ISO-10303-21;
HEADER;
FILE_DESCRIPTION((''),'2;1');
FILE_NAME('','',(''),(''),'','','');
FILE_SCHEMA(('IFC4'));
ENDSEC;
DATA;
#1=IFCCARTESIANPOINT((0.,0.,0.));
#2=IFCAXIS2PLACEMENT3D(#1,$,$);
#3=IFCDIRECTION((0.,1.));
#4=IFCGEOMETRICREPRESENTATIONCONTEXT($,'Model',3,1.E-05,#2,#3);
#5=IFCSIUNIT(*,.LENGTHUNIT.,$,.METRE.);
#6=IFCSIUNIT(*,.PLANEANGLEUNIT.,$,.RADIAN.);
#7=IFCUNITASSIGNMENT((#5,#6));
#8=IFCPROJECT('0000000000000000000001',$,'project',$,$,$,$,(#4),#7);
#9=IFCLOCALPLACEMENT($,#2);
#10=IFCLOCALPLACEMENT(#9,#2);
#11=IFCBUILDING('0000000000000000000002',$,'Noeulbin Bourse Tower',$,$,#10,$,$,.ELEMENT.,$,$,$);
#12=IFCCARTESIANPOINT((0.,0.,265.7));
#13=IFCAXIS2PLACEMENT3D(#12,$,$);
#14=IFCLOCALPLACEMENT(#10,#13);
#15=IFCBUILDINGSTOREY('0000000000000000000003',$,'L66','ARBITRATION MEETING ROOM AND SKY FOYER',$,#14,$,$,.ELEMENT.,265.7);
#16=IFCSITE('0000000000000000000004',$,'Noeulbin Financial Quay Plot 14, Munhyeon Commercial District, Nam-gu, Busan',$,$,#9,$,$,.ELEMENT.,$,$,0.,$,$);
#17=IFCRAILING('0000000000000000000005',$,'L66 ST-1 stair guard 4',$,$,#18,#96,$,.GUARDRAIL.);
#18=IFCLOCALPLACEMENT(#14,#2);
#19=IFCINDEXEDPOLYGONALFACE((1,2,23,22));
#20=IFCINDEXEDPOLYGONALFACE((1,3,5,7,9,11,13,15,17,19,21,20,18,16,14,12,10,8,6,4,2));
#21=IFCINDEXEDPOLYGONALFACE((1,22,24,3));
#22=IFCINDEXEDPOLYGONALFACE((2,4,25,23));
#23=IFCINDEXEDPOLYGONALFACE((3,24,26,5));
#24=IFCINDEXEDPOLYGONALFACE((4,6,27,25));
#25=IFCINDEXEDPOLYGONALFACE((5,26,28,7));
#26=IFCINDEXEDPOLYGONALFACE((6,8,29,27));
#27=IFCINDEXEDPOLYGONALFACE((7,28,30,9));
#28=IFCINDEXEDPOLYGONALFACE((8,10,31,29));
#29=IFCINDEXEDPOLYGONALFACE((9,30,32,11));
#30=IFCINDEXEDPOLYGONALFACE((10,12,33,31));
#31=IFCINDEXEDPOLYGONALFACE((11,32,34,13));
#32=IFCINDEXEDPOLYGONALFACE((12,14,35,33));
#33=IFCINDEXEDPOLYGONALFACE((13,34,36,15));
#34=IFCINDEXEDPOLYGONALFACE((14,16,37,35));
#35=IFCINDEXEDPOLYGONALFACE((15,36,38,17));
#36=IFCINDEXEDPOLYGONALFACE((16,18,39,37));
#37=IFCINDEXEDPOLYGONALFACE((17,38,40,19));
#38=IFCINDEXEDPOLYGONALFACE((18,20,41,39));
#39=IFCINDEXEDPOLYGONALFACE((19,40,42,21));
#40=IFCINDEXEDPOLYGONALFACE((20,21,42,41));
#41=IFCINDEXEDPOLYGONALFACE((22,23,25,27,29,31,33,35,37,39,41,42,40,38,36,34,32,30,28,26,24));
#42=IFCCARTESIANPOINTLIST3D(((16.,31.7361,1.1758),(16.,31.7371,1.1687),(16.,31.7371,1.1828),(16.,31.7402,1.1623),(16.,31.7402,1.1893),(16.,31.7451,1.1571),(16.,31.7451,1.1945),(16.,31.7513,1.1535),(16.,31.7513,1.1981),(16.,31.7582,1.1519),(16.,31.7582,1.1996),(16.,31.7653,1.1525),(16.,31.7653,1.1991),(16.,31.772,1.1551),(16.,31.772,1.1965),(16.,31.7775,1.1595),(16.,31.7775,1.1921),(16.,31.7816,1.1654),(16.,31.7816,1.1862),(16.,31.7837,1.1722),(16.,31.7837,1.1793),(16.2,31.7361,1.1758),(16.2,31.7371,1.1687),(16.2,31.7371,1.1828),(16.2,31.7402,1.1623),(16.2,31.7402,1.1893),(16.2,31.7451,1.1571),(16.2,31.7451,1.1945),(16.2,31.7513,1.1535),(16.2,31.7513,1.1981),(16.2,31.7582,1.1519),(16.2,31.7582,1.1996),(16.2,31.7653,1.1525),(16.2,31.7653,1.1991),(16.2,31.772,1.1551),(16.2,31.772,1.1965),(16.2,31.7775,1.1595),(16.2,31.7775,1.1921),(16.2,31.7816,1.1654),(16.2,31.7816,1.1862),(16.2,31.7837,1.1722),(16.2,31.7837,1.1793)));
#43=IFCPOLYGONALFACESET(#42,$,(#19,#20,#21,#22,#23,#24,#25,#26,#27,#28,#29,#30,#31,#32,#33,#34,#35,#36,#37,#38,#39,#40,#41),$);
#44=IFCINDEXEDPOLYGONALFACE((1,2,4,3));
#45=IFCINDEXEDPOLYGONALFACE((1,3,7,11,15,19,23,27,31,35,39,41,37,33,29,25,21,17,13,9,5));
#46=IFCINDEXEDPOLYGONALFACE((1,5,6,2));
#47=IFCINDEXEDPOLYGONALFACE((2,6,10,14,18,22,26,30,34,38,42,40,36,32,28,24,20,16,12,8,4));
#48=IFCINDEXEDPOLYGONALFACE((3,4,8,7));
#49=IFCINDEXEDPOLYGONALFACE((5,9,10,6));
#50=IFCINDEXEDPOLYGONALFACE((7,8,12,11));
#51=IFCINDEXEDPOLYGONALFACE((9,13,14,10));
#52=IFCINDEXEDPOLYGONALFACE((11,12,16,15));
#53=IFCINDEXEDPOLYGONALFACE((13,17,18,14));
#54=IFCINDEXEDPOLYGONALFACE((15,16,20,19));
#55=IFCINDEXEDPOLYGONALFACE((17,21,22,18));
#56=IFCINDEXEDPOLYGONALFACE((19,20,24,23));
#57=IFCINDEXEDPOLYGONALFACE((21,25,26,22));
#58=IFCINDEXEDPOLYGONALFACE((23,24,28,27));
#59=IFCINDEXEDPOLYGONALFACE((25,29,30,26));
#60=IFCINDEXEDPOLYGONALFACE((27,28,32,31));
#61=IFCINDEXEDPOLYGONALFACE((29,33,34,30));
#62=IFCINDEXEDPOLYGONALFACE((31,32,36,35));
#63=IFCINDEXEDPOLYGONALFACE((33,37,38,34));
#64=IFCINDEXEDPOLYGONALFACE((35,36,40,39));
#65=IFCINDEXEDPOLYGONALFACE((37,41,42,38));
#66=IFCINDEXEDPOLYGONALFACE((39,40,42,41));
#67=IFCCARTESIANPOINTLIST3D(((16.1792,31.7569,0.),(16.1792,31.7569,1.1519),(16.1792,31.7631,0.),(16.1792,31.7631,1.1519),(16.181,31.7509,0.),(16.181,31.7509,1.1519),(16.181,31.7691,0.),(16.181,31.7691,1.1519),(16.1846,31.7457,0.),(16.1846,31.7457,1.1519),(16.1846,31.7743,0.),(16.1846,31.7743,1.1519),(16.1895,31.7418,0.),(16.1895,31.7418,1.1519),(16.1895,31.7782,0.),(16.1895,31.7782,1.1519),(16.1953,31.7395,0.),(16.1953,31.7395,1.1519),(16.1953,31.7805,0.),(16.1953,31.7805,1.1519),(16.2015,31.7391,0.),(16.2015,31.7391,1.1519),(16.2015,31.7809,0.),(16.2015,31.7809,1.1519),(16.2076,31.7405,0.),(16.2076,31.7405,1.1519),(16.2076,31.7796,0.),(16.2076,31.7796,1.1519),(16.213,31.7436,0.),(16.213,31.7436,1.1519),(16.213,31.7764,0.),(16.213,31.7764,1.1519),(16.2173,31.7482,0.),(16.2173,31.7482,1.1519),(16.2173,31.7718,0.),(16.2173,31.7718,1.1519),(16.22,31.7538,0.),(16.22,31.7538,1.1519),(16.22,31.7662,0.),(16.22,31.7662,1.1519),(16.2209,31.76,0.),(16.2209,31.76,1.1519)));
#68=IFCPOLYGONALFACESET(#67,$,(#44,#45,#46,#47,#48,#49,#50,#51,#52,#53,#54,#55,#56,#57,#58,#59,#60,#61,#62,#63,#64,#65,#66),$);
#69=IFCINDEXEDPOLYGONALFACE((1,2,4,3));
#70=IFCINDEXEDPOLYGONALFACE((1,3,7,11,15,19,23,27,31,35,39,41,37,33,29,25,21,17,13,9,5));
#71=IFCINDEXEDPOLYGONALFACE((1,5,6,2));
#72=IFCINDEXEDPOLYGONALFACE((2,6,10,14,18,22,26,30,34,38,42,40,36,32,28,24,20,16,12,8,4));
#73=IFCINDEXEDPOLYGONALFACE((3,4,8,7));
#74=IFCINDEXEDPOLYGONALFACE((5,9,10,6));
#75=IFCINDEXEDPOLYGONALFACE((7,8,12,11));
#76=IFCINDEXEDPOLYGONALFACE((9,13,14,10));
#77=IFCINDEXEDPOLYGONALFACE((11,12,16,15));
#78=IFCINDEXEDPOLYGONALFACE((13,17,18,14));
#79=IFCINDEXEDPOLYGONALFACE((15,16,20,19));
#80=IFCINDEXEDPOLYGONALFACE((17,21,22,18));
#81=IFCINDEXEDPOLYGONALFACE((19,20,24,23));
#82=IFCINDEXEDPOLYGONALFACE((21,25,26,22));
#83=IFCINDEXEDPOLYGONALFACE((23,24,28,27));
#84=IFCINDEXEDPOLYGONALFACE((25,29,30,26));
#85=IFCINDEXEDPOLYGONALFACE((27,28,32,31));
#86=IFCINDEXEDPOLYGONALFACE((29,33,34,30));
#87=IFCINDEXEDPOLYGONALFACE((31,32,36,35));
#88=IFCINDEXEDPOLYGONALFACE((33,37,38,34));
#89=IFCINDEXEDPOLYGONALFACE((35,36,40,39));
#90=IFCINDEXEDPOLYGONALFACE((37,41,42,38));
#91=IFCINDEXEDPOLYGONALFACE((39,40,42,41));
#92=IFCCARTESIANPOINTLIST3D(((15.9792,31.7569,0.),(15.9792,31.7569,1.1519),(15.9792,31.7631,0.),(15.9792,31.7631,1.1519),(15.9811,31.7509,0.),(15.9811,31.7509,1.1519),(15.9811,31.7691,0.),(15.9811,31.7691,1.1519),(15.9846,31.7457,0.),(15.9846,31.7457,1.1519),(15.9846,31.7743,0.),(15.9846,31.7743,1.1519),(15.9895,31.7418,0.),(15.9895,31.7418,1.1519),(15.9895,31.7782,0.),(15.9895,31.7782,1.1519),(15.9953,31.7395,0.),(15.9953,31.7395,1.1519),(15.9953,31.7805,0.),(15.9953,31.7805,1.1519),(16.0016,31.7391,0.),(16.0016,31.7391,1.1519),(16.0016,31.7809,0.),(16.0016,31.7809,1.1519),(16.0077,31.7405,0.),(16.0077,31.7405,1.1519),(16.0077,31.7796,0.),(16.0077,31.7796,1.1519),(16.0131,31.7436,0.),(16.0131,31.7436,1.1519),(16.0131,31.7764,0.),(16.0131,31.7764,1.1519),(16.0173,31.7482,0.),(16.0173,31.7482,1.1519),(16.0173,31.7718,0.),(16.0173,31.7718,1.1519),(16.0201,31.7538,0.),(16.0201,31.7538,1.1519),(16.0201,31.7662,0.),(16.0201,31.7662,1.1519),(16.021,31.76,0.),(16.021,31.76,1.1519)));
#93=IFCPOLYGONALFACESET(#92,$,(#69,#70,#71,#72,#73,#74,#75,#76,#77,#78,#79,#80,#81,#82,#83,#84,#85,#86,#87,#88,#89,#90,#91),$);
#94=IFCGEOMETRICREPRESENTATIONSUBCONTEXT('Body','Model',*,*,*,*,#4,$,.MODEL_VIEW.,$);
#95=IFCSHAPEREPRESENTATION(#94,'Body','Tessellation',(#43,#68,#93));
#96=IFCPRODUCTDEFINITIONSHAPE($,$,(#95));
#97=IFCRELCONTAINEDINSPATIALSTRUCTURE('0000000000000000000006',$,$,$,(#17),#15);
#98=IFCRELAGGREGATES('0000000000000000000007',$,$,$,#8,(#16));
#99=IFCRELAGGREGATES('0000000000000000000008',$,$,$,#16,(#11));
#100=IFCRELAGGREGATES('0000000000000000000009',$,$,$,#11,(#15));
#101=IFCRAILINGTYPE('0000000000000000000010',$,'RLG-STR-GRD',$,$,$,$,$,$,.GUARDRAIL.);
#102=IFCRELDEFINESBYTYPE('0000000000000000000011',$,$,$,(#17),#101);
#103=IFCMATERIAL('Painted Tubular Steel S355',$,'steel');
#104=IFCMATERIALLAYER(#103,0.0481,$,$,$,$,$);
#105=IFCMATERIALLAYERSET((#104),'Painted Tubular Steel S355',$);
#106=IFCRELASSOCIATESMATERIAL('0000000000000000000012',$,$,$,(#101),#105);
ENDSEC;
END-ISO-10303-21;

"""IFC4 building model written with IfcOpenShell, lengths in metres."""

from ifc_helpers import new_model, si_unit, direction, frame, origin, origin_2d, place, context, subcontext, project, spatial, circle, extrude, material, layer, layer_set, type_object, element, save


model = new_model("IFC4")

# Units and contexts
model_context = context("Model", 3, precision=1e-05, world=origin(), true_north=direction((0.0, 1.0)))
body_context = subcontext(model_context, "Body", "Model", "MODEL_VIEW")
ifc_project = project(units=[si_unit("LENGTHUNIT", "METRE"), si_unit("PLANEANGLEUNIT", "RADIAN")], contexts=[model_context])

# Site, building, storey
site_placement = place(None, origin())
site = spatial("IfcSite", under=ifc_project, at=site_placement, Name="Noeulbin Financial Quay Plot 14, Munhyeon Commercial District, Nam-gu, Busan", CompositionType="ELEMENT", RefElevation=0.0)
building_placement = place(site_placement, origin())
building = spatial("IfcBuilding", under=site, at=building_placement, Name="Noeulbin Bourse Tower", CompositionType="ELEMENT")
storey_placement = place(building_placement, frame((0.0, 0.0, 265.7)))
storey = spatial("IfcBuildingStorey", under=building, at=storey_placement, Name="L66", Description="ARBITRATION MEETING ROOM AND SKY FOYER", CompositionType="ELEMENT", Elevation=265.7)

# Railing
ifc_material_1 = material(Name="Painted Tubular Steel S355", Category="steel")
ifc_layer_1 = layer(ifc_material_1, 0.0481)
ifc_layer_set_1 = layer_set([ifc_layer_1], Name="Painted Tubular Steel S355")
railing_type_1 = type_object("IfcRailingType", Name="RLG-STR-GRD", PredefinedType="GUARDRAIL", material=ifc_layer_set_1)
railing_1_placement = place(storey_placement, frame((16.2, 31.76, 0.0)))
element("IfcRailing", 1, at=railing_1_placement, inside=storey, type_object=railing_type_1, Name="L66 ST-1 stair guard 4", PredefinedType="GUARDRAIL", context=body_context, shape_type="SweptSolid", body=[
    extrude(circle(Radius=0.0239, at=origin_2d()), frame((0.0, 0.0, 1.1758), z_axis=(-1.0, 0.0, 0.0), x_axis=(0.0, -1.0, 0.0)), (0.0, 0.0, 1.0), 0.2),
    extrude(circle(Radius=0.021, at=origin_2d()), origin(), (0.0, 0.0, 1.0), 1.1519),
    extrude(circle(Radius=0.021, at=origin_2d()), frame((-0.2, 0.0, 0.0)), (0.0, 0.0, 1.0), 1.1519),
])

save(model, "model.ifc")
